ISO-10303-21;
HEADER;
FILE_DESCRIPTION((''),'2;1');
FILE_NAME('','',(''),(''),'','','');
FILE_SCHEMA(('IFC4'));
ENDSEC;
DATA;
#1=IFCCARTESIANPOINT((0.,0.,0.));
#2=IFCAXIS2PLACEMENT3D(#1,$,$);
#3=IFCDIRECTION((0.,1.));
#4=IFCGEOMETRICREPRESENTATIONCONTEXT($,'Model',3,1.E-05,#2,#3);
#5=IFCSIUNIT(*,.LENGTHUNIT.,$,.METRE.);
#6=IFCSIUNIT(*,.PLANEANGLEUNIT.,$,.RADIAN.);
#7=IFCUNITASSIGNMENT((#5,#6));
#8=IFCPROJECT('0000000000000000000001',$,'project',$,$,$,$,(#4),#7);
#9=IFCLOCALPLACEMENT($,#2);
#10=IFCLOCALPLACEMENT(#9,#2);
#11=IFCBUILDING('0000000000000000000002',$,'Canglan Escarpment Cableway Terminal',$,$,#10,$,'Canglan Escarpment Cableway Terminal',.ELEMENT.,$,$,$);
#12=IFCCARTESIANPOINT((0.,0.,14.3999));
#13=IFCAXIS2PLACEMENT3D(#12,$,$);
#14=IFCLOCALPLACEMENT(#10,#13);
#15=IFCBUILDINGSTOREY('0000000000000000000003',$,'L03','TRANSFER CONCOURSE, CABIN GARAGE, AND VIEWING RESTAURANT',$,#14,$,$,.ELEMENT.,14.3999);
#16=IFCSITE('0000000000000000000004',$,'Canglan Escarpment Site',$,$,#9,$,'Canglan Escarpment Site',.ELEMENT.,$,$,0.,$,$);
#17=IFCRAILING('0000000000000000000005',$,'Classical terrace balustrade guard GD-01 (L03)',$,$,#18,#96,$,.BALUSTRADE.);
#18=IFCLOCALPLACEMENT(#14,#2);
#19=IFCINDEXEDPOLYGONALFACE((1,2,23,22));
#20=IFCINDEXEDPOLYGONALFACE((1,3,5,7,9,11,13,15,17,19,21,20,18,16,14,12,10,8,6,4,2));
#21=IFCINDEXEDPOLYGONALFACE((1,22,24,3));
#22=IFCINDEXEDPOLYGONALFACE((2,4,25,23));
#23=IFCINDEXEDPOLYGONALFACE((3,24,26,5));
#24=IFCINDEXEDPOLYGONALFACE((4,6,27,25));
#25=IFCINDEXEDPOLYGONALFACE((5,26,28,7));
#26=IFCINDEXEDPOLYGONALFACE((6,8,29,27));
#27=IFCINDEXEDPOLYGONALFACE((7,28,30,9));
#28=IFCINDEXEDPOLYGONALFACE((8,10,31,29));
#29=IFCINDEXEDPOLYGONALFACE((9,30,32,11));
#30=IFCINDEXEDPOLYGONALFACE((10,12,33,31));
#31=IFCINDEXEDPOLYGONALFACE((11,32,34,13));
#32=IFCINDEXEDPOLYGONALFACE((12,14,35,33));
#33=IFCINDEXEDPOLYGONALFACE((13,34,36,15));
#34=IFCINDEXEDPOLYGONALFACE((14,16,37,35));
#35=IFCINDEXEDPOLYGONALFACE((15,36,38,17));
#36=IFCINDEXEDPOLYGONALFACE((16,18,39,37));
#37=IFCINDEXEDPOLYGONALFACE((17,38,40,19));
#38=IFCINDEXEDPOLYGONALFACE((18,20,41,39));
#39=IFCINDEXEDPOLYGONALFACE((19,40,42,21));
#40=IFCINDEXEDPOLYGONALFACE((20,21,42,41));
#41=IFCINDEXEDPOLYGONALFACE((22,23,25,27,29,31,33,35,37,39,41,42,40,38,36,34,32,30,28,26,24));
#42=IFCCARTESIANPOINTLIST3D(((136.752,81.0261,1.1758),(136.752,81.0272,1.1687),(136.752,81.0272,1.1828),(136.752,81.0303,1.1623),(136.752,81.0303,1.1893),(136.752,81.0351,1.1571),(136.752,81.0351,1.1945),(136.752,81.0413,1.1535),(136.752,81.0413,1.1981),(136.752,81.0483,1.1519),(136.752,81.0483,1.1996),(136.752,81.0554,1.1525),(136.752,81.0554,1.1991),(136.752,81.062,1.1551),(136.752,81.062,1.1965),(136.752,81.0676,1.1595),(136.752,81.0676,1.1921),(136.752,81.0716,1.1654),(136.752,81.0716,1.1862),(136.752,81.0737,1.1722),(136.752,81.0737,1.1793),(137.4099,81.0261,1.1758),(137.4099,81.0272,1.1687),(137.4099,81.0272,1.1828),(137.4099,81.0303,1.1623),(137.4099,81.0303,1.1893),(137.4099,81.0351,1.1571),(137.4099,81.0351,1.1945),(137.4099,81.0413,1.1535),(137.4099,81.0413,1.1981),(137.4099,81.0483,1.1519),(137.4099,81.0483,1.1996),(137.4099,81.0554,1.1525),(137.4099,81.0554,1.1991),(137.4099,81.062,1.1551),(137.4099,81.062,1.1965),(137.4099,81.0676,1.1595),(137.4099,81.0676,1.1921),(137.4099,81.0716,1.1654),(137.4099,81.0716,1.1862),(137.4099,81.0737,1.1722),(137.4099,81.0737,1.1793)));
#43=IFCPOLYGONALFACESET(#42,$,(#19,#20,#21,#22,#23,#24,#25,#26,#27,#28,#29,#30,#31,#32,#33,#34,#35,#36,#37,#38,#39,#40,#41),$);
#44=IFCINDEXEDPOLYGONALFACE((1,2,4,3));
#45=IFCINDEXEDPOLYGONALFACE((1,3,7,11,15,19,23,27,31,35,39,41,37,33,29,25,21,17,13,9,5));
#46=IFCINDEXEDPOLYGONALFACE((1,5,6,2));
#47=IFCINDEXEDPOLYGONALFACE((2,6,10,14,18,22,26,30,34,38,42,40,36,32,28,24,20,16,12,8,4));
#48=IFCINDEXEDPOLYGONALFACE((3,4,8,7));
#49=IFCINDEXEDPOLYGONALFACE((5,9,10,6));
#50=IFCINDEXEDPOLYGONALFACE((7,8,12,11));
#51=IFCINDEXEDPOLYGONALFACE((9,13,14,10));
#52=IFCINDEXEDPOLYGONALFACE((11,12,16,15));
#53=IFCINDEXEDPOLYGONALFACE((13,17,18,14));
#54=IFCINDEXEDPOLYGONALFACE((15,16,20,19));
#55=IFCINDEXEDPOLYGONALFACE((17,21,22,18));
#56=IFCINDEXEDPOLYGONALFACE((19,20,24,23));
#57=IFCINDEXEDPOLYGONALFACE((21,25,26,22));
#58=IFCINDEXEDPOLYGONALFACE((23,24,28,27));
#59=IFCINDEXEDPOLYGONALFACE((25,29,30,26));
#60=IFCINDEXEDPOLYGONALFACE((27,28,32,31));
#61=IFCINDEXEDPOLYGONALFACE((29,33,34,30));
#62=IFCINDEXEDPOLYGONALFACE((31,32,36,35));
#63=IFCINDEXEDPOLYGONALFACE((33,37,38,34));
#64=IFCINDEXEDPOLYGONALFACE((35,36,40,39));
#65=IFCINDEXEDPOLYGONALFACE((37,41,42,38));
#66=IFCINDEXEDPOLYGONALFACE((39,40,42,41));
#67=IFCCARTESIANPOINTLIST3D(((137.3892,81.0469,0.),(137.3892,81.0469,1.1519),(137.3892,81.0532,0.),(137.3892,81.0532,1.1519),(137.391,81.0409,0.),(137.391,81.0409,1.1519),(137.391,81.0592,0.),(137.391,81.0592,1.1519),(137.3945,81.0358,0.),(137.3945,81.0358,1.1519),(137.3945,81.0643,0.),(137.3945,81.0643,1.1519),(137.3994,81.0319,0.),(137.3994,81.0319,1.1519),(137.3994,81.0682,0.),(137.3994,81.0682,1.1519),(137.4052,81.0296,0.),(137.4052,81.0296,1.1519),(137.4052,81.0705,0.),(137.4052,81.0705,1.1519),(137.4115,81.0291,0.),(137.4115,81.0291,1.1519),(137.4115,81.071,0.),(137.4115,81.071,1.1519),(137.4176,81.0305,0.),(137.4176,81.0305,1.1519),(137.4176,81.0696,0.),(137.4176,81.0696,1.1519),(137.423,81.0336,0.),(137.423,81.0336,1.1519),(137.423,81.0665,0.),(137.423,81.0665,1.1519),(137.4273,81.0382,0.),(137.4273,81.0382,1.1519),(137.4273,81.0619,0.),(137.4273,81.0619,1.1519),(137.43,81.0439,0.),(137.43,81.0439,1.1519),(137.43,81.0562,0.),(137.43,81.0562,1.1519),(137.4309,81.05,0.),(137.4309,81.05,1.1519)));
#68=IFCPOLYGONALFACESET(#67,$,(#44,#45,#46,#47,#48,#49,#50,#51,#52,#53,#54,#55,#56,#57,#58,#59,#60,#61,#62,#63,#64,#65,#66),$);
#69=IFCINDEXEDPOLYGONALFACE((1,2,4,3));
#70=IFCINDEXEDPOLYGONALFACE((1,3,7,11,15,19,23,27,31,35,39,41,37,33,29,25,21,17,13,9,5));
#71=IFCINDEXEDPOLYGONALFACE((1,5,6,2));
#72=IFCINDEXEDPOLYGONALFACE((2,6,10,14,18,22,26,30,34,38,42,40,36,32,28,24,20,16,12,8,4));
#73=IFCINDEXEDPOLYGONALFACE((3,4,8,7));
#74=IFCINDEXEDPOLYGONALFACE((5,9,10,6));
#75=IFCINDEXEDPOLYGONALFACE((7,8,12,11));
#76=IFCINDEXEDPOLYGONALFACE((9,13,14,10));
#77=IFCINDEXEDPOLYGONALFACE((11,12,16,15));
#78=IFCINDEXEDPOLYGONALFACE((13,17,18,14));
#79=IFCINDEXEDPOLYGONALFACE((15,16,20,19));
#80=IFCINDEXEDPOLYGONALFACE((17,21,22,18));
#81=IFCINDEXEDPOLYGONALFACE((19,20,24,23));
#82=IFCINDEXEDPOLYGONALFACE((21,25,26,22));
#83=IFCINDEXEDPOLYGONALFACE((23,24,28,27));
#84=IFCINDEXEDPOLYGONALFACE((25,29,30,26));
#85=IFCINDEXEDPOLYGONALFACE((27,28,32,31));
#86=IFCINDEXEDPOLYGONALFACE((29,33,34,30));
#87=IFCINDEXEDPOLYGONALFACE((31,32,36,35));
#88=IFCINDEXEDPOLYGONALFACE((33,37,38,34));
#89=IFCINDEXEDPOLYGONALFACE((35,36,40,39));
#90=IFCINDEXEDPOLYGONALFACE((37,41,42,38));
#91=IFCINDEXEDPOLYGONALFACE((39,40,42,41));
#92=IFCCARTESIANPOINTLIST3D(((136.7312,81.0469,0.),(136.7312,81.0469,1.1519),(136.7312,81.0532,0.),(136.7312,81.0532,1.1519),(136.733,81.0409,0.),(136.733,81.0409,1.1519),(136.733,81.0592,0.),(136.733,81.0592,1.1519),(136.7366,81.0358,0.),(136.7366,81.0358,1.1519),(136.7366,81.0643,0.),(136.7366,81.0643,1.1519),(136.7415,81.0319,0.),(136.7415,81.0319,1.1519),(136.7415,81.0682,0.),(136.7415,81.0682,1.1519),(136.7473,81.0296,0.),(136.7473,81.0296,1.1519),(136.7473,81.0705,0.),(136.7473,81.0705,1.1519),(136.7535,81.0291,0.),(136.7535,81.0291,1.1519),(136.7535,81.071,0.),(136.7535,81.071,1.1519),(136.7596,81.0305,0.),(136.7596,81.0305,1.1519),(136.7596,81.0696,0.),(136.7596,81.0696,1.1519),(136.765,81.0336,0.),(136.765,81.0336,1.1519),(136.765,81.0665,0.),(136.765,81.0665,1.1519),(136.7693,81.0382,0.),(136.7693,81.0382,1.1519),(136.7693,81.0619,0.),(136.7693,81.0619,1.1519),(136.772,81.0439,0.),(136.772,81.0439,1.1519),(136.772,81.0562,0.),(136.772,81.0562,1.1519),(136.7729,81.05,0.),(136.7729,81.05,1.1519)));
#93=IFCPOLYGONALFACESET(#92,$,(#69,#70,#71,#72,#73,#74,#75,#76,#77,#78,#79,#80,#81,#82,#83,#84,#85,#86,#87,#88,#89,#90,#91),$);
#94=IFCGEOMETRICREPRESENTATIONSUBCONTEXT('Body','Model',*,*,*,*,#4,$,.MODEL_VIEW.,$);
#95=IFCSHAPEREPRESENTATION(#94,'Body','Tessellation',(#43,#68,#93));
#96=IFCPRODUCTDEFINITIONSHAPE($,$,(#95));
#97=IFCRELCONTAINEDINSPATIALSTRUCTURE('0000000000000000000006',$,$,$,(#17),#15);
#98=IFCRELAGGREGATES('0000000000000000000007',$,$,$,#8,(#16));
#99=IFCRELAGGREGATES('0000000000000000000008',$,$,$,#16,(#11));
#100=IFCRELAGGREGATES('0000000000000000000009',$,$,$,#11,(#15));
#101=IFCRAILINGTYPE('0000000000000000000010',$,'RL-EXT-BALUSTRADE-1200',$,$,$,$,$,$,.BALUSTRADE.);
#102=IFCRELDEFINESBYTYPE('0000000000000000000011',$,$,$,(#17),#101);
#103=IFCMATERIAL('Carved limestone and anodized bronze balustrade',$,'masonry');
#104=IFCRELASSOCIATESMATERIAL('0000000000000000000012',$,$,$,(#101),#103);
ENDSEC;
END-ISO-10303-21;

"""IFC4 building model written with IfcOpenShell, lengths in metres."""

from ifc_helpers import new_model, si_unit, direction, frame, origin, origin_2d, place, context, subcontext, project, spatial, circle, extrude, material, type_object, element, save


model = new_model("IFC4")

# Units and contexts
model_context = context("Model", 3, precision=1e-05, world=origin(), true_north=direction((0.0, 1.0)))
body_context = subcontext(model_context, "Body", "Model", "MODEL_VIEW")
ifc_project = project(units=[si_unit("LENGTHUNIT", "METRE"), si_unit("PLANEANGLEUNIT", "RADIAN")], contexts=[model_context])

# Site, building, storey
site_placement = place(None, origin())
site = spatial("IfcSite", under=ifc_project, at=site_placement, Name="Canglan Escarpment Site", LongName="Canglan Escarpment Site", CompositionType="ELEMENT", RefElevation=0.0)
building_placement = place(site_placement, origin())
building = spatial("IfcBuilding", under=site, at=building_placement, Name="Canglan Escarpment Cableway Terminal", LongName="Canglan Escarpment Cableway Terminal", CompositionType="ELEMENT")
storey_placement = place(building_placement, frame((0.0, 0.0, 14.3999)))
storey = spatial("IfcBuildingStorey", under=building, at=storey_placement, Name="L03", Description="TRANSFER CONCOURSE, CABIN GARAGE, AND VIEWING RESTAURANT", CompositionType="ELEMENT", Elevation=14.3999)

# Railing
ifc_material_1 = material(Name="Carved limestone and anodized bronze balustrade", Category="masonry")
railing_type = type_object("IfcRailingType", Name="RL-EXT-BALUSTRADE-1200", PredefinedType="BALUSTRADE", material=ifc_material_1)
railing_1_placement = place(storey_placement, frame((137.4099, 81.05, 0.0)))
element("IfcRailing", 1, at=railing_1_placement, inside=storey, type_object=railing_type, Name="Classical terrace balustrade guard GD-01 (L03)", PredefinedType="BALUSTRADE", context=body_context, shape_type="SweptSolid", body=[
    extrude(circle(Radius=0.0239, at=origin_2d()), frame((0.0, 0.0, 1.1758), z_axis=(-1.0, 0.0, 0.0), x_axis=(0.0, -1.0, 0.0)), (0.0, 0.0, 1.0), 0.658),
    extrude(circle(Radius=0.021, at=origin_2d()), origin(), (0.0, 0.0, 1.0), 1.1519),
    extrude(circle(Radius=0.021, at=origin_2d()), frame((-0.658, 0.0, 0.0)), (0.0, 0.0, 1.0), 1.1519),
])

save(model, "model.ifc")
